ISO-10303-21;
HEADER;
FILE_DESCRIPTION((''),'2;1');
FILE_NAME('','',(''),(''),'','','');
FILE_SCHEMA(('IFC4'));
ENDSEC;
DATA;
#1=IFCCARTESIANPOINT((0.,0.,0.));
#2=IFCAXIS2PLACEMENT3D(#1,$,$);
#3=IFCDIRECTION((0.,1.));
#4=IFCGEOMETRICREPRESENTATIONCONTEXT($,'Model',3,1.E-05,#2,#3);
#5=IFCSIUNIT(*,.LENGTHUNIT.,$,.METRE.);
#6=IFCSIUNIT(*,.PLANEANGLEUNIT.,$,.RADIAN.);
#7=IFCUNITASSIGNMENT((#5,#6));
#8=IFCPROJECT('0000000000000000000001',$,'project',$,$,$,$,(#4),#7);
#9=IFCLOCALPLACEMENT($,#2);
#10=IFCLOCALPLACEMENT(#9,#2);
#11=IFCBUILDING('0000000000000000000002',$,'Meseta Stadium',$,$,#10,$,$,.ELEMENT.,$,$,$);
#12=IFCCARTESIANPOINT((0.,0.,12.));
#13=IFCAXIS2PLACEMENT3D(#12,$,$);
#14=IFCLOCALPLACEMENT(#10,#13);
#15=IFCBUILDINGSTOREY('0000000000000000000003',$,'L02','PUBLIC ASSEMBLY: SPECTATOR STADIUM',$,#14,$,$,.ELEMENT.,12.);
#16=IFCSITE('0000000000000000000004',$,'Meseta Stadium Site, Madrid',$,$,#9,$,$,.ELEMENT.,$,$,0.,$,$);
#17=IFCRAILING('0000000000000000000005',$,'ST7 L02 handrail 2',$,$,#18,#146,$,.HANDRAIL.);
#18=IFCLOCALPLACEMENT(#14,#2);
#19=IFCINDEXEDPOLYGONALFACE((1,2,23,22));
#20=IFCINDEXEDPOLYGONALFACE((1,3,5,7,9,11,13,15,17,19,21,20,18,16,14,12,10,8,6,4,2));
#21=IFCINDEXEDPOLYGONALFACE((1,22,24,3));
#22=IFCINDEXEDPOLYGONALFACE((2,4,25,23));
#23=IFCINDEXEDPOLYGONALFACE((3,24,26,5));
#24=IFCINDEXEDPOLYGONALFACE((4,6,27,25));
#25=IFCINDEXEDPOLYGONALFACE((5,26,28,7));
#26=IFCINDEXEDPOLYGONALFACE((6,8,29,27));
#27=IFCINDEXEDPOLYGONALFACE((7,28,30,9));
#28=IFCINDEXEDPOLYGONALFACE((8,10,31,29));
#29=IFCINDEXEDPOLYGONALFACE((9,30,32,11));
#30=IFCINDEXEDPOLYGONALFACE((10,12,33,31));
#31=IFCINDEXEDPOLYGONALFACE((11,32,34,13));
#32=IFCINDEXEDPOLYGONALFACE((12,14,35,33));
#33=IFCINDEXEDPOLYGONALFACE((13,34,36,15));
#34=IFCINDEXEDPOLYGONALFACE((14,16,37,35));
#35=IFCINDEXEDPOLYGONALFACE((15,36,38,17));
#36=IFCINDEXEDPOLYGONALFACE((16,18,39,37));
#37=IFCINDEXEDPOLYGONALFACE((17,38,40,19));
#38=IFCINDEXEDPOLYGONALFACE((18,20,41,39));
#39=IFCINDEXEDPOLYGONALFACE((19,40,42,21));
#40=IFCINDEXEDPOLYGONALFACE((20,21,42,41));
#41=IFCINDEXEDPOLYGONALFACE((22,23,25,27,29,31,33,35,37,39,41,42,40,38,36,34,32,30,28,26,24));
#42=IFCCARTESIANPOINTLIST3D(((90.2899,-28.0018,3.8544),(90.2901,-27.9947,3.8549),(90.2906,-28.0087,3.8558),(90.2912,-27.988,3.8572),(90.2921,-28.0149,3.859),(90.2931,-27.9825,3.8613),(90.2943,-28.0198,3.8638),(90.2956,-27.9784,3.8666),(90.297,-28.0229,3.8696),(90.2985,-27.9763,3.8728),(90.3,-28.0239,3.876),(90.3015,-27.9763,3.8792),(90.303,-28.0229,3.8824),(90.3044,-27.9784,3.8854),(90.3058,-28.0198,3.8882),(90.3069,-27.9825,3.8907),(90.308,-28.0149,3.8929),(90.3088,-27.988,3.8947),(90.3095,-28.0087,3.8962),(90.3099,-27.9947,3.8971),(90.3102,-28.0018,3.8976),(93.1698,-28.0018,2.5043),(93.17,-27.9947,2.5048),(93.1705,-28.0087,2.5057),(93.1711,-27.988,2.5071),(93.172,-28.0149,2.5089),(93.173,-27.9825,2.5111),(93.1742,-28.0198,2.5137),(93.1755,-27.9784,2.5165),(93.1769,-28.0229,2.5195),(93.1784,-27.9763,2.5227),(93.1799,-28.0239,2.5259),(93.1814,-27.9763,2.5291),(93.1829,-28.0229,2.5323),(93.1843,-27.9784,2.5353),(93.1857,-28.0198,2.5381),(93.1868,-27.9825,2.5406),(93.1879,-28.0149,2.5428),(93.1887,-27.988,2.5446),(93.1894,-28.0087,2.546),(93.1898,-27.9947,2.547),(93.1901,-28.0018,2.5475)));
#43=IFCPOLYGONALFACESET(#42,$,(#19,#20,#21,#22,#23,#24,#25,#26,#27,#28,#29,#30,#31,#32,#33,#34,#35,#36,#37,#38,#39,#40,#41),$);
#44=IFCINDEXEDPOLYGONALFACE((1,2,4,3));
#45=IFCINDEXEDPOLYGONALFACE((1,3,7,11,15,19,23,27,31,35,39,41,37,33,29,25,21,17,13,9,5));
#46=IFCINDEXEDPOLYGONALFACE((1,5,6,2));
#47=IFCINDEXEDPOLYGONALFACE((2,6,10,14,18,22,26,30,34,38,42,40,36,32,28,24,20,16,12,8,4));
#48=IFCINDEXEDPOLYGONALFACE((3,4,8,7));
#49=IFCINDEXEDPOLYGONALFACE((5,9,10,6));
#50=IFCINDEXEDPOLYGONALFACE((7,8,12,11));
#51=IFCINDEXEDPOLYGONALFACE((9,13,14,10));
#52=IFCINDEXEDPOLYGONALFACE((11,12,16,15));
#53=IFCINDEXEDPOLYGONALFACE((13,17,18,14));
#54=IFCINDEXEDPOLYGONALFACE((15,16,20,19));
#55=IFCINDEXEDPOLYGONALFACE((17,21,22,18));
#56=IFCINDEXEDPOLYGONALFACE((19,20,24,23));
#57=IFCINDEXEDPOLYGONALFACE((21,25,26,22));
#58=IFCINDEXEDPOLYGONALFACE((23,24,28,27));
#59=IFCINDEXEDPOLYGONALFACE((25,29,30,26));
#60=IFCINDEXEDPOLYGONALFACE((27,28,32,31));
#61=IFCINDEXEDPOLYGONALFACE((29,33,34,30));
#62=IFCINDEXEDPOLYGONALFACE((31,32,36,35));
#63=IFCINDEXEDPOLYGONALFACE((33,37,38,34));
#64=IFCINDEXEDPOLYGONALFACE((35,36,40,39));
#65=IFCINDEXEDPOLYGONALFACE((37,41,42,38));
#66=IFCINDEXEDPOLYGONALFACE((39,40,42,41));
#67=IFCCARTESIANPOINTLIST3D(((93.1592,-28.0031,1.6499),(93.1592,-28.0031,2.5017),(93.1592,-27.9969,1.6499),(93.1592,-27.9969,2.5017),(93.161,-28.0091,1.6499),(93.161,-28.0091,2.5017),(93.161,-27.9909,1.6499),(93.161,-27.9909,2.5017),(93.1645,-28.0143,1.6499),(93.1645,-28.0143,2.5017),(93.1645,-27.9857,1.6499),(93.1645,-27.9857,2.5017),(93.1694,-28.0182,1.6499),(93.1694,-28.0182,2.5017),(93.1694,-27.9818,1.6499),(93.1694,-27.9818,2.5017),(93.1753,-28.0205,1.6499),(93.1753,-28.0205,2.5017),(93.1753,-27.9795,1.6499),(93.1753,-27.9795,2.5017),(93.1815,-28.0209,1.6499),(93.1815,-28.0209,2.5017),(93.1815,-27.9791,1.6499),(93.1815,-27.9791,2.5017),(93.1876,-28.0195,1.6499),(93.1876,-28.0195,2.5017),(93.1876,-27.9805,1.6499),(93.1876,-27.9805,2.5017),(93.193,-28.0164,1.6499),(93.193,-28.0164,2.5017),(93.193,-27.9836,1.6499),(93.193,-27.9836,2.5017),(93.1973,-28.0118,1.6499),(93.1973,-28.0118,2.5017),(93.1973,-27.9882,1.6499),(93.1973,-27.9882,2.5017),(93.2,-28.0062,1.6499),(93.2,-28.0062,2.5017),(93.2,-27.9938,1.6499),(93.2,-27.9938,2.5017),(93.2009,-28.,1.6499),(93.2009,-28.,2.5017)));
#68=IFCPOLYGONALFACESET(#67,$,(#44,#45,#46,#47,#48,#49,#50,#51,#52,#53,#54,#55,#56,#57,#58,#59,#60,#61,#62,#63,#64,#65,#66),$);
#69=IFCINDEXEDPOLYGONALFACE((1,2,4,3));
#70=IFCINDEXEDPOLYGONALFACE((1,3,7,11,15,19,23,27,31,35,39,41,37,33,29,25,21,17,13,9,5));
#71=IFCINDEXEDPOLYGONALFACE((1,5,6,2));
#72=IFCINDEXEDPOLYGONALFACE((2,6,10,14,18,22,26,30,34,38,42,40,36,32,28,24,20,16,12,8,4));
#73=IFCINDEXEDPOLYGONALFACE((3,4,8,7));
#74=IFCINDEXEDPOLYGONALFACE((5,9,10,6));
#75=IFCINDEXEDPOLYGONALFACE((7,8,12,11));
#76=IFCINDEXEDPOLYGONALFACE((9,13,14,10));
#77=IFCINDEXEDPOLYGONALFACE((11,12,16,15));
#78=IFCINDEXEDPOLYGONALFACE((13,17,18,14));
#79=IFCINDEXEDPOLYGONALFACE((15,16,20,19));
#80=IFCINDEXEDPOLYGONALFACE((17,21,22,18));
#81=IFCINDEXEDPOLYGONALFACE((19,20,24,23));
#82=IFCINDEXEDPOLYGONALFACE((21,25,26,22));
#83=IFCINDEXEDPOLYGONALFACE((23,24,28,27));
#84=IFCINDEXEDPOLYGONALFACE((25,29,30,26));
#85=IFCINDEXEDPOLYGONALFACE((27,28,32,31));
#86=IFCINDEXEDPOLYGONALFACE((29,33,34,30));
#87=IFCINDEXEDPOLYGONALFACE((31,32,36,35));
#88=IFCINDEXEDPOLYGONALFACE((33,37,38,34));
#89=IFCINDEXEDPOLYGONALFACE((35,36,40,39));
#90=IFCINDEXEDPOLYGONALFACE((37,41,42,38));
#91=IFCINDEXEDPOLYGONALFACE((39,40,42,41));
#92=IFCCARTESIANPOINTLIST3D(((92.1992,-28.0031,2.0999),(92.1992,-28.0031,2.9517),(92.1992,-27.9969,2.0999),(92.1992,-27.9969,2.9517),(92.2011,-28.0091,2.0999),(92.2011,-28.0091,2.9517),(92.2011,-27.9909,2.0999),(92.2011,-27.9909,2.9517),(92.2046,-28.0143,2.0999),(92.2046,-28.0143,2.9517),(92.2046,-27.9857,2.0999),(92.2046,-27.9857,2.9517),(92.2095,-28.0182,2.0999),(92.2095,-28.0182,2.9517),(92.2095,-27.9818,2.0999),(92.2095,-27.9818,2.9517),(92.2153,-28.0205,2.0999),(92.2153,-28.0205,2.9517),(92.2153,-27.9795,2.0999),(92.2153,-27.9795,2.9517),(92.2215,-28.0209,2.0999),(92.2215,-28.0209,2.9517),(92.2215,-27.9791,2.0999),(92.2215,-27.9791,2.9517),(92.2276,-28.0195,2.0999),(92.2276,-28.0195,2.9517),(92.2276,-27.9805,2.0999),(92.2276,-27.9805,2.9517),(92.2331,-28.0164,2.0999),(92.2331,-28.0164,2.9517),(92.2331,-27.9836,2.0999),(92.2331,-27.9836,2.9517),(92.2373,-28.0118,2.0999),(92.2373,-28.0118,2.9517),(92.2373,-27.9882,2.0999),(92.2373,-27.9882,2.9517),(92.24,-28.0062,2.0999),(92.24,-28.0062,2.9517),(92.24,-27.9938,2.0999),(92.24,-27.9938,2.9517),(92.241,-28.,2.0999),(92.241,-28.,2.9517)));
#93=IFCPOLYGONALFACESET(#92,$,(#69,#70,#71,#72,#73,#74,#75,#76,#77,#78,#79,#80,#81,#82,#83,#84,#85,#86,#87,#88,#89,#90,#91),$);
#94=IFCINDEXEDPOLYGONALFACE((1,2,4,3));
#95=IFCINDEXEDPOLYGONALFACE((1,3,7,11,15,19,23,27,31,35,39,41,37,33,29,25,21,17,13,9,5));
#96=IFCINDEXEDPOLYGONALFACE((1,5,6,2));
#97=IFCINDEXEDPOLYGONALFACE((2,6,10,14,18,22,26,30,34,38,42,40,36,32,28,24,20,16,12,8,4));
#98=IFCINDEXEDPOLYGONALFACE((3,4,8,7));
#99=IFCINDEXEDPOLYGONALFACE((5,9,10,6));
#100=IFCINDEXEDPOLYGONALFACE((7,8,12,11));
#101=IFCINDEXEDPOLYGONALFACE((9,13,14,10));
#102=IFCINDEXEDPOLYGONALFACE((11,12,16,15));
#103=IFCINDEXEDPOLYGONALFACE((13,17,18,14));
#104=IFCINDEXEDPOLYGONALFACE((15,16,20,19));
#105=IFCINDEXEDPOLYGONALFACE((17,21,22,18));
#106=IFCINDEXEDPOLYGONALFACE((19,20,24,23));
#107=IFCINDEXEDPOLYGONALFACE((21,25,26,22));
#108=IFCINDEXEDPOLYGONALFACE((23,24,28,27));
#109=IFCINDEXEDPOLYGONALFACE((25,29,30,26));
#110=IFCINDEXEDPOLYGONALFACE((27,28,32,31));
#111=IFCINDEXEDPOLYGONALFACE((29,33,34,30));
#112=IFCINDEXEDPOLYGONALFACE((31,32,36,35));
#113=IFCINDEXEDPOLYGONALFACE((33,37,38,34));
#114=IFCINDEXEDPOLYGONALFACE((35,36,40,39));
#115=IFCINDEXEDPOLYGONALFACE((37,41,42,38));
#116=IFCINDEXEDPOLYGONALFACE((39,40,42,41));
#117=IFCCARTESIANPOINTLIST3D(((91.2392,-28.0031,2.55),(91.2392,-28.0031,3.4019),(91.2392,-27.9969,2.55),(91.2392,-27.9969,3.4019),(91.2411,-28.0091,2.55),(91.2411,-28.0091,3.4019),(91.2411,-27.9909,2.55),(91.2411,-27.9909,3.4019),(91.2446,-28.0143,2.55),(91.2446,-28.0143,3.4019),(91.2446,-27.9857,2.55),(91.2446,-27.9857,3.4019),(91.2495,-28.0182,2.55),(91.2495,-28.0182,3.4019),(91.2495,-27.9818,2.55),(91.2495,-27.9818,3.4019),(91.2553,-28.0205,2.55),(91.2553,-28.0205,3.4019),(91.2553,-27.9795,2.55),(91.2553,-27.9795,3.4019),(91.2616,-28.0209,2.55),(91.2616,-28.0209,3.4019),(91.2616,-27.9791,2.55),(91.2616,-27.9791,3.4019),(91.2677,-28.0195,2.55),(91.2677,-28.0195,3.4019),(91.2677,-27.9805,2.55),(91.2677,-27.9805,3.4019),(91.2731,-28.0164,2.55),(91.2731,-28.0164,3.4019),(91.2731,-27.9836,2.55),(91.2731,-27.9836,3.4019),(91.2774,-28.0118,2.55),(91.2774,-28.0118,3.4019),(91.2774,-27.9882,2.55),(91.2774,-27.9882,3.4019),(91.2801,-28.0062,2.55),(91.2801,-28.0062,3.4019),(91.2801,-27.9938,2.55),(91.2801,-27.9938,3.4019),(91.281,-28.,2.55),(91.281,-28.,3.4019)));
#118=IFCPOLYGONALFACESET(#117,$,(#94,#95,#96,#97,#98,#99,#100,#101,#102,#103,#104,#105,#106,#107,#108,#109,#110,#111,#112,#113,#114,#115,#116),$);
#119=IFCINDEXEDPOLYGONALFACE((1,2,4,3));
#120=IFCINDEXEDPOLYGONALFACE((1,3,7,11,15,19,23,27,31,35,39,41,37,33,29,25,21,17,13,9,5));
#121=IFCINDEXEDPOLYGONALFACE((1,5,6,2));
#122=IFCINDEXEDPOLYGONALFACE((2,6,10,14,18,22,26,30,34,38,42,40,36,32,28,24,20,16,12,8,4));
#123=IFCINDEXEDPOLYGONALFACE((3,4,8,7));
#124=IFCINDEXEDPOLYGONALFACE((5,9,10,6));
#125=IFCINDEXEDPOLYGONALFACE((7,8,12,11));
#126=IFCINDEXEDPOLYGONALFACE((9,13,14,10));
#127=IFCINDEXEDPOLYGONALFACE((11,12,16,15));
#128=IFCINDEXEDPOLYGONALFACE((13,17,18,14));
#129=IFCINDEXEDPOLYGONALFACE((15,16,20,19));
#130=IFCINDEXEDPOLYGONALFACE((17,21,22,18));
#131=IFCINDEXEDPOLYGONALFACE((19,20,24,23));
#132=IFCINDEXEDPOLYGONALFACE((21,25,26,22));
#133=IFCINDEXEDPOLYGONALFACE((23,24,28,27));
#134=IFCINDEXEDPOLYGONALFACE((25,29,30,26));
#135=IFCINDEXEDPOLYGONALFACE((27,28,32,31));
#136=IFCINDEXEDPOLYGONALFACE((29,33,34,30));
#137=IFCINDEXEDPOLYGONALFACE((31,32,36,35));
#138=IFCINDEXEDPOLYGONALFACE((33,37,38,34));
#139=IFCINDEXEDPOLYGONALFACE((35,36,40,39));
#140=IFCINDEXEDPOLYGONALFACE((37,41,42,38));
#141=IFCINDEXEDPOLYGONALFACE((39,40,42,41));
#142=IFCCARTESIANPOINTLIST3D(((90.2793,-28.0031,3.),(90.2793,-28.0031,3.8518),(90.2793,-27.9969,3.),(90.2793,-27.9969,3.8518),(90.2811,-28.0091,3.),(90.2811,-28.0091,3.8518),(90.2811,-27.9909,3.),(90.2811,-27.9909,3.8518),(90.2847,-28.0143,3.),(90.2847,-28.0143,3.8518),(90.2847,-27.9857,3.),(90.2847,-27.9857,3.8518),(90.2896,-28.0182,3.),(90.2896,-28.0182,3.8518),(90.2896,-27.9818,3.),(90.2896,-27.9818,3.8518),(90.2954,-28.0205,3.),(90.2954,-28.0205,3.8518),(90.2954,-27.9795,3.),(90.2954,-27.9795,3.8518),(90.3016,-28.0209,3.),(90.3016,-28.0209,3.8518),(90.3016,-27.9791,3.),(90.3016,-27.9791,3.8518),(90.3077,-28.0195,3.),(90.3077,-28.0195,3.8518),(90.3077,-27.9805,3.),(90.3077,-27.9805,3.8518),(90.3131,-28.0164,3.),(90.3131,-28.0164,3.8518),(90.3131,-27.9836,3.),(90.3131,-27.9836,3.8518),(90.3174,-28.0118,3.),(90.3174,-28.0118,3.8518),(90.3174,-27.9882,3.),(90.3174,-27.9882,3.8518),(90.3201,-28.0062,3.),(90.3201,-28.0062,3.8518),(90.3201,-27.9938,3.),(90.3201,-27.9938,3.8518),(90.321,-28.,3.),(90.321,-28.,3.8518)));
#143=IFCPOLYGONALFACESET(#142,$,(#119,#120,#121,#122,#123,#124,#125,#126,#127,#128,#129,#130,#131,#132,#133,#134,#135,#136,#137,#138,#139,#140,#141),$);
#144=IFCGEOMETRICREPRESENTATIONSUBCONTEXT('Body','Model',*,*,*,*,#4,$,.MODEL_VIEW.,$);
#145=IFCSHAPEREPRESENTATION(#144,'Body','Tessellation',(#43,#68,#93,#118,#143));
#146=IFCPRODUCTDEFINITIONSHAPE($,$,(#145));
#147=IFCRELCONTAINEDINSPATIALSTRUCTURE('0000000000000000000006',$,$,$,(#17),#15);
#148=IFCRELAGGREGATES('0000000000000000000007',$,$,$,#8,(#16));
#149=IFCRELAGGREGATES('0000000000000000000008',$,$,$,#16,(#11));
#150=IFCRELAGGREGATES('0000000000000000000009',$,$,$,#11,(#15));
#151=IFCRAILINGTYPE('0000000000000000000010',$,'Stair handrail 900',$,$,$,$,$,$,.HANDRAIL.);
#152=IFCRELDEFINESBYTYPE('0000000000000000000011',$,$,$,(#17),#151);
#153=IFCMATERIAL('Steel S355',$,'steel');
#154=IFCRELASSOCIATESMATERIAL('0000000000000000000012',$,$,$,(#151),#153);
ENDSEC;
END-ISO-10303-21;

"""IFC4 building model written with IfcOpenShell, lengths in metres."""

from ifc_helpers import new_model, si_unit, direction, frame, origin, origin_2d, place, context, subcontext, project, spatial, circle, extrude, material, type_object, element, save


model = new_model("IFC4")

# Units and contexts
model_context = context("Model", 3, precision=1e-05, world=origin(), true_north=direction((0.0, 1.0)))
body_context = subcontext(model_context, "Body", "Model", "MODEL_VIEW")
ifc_project = project(units=[si_unit("LENGTHUNIT", "METRE"), si_unit("PLANEANGLEUNIT", "RADIAN")], contexts=[model_context])

# Site, building, storey
site_placement = place(None, origin())
site = spatial("IfcSite", under=ifc_project, at=site_placement, Name="Meseta Stadium Site, Madrid", CompositionType="ELEMENT", RefElevation=0.0)
building_placement = place(site_placement, origin())
building = spatial("IfcBuilding", under=site, at=building_placement, Name="Meseta Stadium", CompositionType="ELEMENT")
storey_placement = place(building_placement, frame((0.0, 0.0, 12.0)))
storey = spatial("IfcBuildingStorey", under=building, at=storey_placement, Name="L02", Description="PUBLIC ASSEMBLY: SPECTATOR STADIUM", CompositionType="ELEMENT", Elevation=12.0)

# Railing
ifc_material_1 = material(Name="Steel S355", Category="steel")
railing_type_1 = type_object("IfcRailingType", Name="Stair handrail 900", PredefinedType="HANDRAIL", material=ifc_material_1)
railing_1_placement = place(storey_placement, frame((93.1799, -28.0, 1.6499)))
element("IfcRailing", 1, at=railing_1_placement, inside=storey, type_object=railing_type_1, Name="ST7 L02 handrail 2", PredefinedType="HANDRAIL", context=body_context, shape_type="SweptSolid", body=[
    extrude(circle(Radius=0.0239, at=origin_2d()), frame((0.0, 0.0, 0.876), z_axis=(-0.90544, 0.0, 0.424473), x_axis=(0.0, -1.0, 0.0)), (0.0, 0.0, 1.0), 3.1807),
    extrude(circle(Radius=0.021, at=origin_2d()), origin(), (0.0, 0.0, 1.0), 0.8518),
    extrude(circle(Radius=0.021, at=origin_2d()), frame((-0.96, 0.0, 0.45)), (0.0, 0.0, 1.0), 0.8518),
    extrude(circle(Radius=0.021, at=origin_2d()), frame((-1.9199, 0.0, 0.9001)), (0.0, 0.0, 1.0), 0.8518),
    extrude(circle(Radius=0.021, at=origin_2d()), frame((-2.8799, 0.0, 1.3501)), (0.0, 0.0, 1.0), 0.8518),
])

save(model, "model.ifc")
